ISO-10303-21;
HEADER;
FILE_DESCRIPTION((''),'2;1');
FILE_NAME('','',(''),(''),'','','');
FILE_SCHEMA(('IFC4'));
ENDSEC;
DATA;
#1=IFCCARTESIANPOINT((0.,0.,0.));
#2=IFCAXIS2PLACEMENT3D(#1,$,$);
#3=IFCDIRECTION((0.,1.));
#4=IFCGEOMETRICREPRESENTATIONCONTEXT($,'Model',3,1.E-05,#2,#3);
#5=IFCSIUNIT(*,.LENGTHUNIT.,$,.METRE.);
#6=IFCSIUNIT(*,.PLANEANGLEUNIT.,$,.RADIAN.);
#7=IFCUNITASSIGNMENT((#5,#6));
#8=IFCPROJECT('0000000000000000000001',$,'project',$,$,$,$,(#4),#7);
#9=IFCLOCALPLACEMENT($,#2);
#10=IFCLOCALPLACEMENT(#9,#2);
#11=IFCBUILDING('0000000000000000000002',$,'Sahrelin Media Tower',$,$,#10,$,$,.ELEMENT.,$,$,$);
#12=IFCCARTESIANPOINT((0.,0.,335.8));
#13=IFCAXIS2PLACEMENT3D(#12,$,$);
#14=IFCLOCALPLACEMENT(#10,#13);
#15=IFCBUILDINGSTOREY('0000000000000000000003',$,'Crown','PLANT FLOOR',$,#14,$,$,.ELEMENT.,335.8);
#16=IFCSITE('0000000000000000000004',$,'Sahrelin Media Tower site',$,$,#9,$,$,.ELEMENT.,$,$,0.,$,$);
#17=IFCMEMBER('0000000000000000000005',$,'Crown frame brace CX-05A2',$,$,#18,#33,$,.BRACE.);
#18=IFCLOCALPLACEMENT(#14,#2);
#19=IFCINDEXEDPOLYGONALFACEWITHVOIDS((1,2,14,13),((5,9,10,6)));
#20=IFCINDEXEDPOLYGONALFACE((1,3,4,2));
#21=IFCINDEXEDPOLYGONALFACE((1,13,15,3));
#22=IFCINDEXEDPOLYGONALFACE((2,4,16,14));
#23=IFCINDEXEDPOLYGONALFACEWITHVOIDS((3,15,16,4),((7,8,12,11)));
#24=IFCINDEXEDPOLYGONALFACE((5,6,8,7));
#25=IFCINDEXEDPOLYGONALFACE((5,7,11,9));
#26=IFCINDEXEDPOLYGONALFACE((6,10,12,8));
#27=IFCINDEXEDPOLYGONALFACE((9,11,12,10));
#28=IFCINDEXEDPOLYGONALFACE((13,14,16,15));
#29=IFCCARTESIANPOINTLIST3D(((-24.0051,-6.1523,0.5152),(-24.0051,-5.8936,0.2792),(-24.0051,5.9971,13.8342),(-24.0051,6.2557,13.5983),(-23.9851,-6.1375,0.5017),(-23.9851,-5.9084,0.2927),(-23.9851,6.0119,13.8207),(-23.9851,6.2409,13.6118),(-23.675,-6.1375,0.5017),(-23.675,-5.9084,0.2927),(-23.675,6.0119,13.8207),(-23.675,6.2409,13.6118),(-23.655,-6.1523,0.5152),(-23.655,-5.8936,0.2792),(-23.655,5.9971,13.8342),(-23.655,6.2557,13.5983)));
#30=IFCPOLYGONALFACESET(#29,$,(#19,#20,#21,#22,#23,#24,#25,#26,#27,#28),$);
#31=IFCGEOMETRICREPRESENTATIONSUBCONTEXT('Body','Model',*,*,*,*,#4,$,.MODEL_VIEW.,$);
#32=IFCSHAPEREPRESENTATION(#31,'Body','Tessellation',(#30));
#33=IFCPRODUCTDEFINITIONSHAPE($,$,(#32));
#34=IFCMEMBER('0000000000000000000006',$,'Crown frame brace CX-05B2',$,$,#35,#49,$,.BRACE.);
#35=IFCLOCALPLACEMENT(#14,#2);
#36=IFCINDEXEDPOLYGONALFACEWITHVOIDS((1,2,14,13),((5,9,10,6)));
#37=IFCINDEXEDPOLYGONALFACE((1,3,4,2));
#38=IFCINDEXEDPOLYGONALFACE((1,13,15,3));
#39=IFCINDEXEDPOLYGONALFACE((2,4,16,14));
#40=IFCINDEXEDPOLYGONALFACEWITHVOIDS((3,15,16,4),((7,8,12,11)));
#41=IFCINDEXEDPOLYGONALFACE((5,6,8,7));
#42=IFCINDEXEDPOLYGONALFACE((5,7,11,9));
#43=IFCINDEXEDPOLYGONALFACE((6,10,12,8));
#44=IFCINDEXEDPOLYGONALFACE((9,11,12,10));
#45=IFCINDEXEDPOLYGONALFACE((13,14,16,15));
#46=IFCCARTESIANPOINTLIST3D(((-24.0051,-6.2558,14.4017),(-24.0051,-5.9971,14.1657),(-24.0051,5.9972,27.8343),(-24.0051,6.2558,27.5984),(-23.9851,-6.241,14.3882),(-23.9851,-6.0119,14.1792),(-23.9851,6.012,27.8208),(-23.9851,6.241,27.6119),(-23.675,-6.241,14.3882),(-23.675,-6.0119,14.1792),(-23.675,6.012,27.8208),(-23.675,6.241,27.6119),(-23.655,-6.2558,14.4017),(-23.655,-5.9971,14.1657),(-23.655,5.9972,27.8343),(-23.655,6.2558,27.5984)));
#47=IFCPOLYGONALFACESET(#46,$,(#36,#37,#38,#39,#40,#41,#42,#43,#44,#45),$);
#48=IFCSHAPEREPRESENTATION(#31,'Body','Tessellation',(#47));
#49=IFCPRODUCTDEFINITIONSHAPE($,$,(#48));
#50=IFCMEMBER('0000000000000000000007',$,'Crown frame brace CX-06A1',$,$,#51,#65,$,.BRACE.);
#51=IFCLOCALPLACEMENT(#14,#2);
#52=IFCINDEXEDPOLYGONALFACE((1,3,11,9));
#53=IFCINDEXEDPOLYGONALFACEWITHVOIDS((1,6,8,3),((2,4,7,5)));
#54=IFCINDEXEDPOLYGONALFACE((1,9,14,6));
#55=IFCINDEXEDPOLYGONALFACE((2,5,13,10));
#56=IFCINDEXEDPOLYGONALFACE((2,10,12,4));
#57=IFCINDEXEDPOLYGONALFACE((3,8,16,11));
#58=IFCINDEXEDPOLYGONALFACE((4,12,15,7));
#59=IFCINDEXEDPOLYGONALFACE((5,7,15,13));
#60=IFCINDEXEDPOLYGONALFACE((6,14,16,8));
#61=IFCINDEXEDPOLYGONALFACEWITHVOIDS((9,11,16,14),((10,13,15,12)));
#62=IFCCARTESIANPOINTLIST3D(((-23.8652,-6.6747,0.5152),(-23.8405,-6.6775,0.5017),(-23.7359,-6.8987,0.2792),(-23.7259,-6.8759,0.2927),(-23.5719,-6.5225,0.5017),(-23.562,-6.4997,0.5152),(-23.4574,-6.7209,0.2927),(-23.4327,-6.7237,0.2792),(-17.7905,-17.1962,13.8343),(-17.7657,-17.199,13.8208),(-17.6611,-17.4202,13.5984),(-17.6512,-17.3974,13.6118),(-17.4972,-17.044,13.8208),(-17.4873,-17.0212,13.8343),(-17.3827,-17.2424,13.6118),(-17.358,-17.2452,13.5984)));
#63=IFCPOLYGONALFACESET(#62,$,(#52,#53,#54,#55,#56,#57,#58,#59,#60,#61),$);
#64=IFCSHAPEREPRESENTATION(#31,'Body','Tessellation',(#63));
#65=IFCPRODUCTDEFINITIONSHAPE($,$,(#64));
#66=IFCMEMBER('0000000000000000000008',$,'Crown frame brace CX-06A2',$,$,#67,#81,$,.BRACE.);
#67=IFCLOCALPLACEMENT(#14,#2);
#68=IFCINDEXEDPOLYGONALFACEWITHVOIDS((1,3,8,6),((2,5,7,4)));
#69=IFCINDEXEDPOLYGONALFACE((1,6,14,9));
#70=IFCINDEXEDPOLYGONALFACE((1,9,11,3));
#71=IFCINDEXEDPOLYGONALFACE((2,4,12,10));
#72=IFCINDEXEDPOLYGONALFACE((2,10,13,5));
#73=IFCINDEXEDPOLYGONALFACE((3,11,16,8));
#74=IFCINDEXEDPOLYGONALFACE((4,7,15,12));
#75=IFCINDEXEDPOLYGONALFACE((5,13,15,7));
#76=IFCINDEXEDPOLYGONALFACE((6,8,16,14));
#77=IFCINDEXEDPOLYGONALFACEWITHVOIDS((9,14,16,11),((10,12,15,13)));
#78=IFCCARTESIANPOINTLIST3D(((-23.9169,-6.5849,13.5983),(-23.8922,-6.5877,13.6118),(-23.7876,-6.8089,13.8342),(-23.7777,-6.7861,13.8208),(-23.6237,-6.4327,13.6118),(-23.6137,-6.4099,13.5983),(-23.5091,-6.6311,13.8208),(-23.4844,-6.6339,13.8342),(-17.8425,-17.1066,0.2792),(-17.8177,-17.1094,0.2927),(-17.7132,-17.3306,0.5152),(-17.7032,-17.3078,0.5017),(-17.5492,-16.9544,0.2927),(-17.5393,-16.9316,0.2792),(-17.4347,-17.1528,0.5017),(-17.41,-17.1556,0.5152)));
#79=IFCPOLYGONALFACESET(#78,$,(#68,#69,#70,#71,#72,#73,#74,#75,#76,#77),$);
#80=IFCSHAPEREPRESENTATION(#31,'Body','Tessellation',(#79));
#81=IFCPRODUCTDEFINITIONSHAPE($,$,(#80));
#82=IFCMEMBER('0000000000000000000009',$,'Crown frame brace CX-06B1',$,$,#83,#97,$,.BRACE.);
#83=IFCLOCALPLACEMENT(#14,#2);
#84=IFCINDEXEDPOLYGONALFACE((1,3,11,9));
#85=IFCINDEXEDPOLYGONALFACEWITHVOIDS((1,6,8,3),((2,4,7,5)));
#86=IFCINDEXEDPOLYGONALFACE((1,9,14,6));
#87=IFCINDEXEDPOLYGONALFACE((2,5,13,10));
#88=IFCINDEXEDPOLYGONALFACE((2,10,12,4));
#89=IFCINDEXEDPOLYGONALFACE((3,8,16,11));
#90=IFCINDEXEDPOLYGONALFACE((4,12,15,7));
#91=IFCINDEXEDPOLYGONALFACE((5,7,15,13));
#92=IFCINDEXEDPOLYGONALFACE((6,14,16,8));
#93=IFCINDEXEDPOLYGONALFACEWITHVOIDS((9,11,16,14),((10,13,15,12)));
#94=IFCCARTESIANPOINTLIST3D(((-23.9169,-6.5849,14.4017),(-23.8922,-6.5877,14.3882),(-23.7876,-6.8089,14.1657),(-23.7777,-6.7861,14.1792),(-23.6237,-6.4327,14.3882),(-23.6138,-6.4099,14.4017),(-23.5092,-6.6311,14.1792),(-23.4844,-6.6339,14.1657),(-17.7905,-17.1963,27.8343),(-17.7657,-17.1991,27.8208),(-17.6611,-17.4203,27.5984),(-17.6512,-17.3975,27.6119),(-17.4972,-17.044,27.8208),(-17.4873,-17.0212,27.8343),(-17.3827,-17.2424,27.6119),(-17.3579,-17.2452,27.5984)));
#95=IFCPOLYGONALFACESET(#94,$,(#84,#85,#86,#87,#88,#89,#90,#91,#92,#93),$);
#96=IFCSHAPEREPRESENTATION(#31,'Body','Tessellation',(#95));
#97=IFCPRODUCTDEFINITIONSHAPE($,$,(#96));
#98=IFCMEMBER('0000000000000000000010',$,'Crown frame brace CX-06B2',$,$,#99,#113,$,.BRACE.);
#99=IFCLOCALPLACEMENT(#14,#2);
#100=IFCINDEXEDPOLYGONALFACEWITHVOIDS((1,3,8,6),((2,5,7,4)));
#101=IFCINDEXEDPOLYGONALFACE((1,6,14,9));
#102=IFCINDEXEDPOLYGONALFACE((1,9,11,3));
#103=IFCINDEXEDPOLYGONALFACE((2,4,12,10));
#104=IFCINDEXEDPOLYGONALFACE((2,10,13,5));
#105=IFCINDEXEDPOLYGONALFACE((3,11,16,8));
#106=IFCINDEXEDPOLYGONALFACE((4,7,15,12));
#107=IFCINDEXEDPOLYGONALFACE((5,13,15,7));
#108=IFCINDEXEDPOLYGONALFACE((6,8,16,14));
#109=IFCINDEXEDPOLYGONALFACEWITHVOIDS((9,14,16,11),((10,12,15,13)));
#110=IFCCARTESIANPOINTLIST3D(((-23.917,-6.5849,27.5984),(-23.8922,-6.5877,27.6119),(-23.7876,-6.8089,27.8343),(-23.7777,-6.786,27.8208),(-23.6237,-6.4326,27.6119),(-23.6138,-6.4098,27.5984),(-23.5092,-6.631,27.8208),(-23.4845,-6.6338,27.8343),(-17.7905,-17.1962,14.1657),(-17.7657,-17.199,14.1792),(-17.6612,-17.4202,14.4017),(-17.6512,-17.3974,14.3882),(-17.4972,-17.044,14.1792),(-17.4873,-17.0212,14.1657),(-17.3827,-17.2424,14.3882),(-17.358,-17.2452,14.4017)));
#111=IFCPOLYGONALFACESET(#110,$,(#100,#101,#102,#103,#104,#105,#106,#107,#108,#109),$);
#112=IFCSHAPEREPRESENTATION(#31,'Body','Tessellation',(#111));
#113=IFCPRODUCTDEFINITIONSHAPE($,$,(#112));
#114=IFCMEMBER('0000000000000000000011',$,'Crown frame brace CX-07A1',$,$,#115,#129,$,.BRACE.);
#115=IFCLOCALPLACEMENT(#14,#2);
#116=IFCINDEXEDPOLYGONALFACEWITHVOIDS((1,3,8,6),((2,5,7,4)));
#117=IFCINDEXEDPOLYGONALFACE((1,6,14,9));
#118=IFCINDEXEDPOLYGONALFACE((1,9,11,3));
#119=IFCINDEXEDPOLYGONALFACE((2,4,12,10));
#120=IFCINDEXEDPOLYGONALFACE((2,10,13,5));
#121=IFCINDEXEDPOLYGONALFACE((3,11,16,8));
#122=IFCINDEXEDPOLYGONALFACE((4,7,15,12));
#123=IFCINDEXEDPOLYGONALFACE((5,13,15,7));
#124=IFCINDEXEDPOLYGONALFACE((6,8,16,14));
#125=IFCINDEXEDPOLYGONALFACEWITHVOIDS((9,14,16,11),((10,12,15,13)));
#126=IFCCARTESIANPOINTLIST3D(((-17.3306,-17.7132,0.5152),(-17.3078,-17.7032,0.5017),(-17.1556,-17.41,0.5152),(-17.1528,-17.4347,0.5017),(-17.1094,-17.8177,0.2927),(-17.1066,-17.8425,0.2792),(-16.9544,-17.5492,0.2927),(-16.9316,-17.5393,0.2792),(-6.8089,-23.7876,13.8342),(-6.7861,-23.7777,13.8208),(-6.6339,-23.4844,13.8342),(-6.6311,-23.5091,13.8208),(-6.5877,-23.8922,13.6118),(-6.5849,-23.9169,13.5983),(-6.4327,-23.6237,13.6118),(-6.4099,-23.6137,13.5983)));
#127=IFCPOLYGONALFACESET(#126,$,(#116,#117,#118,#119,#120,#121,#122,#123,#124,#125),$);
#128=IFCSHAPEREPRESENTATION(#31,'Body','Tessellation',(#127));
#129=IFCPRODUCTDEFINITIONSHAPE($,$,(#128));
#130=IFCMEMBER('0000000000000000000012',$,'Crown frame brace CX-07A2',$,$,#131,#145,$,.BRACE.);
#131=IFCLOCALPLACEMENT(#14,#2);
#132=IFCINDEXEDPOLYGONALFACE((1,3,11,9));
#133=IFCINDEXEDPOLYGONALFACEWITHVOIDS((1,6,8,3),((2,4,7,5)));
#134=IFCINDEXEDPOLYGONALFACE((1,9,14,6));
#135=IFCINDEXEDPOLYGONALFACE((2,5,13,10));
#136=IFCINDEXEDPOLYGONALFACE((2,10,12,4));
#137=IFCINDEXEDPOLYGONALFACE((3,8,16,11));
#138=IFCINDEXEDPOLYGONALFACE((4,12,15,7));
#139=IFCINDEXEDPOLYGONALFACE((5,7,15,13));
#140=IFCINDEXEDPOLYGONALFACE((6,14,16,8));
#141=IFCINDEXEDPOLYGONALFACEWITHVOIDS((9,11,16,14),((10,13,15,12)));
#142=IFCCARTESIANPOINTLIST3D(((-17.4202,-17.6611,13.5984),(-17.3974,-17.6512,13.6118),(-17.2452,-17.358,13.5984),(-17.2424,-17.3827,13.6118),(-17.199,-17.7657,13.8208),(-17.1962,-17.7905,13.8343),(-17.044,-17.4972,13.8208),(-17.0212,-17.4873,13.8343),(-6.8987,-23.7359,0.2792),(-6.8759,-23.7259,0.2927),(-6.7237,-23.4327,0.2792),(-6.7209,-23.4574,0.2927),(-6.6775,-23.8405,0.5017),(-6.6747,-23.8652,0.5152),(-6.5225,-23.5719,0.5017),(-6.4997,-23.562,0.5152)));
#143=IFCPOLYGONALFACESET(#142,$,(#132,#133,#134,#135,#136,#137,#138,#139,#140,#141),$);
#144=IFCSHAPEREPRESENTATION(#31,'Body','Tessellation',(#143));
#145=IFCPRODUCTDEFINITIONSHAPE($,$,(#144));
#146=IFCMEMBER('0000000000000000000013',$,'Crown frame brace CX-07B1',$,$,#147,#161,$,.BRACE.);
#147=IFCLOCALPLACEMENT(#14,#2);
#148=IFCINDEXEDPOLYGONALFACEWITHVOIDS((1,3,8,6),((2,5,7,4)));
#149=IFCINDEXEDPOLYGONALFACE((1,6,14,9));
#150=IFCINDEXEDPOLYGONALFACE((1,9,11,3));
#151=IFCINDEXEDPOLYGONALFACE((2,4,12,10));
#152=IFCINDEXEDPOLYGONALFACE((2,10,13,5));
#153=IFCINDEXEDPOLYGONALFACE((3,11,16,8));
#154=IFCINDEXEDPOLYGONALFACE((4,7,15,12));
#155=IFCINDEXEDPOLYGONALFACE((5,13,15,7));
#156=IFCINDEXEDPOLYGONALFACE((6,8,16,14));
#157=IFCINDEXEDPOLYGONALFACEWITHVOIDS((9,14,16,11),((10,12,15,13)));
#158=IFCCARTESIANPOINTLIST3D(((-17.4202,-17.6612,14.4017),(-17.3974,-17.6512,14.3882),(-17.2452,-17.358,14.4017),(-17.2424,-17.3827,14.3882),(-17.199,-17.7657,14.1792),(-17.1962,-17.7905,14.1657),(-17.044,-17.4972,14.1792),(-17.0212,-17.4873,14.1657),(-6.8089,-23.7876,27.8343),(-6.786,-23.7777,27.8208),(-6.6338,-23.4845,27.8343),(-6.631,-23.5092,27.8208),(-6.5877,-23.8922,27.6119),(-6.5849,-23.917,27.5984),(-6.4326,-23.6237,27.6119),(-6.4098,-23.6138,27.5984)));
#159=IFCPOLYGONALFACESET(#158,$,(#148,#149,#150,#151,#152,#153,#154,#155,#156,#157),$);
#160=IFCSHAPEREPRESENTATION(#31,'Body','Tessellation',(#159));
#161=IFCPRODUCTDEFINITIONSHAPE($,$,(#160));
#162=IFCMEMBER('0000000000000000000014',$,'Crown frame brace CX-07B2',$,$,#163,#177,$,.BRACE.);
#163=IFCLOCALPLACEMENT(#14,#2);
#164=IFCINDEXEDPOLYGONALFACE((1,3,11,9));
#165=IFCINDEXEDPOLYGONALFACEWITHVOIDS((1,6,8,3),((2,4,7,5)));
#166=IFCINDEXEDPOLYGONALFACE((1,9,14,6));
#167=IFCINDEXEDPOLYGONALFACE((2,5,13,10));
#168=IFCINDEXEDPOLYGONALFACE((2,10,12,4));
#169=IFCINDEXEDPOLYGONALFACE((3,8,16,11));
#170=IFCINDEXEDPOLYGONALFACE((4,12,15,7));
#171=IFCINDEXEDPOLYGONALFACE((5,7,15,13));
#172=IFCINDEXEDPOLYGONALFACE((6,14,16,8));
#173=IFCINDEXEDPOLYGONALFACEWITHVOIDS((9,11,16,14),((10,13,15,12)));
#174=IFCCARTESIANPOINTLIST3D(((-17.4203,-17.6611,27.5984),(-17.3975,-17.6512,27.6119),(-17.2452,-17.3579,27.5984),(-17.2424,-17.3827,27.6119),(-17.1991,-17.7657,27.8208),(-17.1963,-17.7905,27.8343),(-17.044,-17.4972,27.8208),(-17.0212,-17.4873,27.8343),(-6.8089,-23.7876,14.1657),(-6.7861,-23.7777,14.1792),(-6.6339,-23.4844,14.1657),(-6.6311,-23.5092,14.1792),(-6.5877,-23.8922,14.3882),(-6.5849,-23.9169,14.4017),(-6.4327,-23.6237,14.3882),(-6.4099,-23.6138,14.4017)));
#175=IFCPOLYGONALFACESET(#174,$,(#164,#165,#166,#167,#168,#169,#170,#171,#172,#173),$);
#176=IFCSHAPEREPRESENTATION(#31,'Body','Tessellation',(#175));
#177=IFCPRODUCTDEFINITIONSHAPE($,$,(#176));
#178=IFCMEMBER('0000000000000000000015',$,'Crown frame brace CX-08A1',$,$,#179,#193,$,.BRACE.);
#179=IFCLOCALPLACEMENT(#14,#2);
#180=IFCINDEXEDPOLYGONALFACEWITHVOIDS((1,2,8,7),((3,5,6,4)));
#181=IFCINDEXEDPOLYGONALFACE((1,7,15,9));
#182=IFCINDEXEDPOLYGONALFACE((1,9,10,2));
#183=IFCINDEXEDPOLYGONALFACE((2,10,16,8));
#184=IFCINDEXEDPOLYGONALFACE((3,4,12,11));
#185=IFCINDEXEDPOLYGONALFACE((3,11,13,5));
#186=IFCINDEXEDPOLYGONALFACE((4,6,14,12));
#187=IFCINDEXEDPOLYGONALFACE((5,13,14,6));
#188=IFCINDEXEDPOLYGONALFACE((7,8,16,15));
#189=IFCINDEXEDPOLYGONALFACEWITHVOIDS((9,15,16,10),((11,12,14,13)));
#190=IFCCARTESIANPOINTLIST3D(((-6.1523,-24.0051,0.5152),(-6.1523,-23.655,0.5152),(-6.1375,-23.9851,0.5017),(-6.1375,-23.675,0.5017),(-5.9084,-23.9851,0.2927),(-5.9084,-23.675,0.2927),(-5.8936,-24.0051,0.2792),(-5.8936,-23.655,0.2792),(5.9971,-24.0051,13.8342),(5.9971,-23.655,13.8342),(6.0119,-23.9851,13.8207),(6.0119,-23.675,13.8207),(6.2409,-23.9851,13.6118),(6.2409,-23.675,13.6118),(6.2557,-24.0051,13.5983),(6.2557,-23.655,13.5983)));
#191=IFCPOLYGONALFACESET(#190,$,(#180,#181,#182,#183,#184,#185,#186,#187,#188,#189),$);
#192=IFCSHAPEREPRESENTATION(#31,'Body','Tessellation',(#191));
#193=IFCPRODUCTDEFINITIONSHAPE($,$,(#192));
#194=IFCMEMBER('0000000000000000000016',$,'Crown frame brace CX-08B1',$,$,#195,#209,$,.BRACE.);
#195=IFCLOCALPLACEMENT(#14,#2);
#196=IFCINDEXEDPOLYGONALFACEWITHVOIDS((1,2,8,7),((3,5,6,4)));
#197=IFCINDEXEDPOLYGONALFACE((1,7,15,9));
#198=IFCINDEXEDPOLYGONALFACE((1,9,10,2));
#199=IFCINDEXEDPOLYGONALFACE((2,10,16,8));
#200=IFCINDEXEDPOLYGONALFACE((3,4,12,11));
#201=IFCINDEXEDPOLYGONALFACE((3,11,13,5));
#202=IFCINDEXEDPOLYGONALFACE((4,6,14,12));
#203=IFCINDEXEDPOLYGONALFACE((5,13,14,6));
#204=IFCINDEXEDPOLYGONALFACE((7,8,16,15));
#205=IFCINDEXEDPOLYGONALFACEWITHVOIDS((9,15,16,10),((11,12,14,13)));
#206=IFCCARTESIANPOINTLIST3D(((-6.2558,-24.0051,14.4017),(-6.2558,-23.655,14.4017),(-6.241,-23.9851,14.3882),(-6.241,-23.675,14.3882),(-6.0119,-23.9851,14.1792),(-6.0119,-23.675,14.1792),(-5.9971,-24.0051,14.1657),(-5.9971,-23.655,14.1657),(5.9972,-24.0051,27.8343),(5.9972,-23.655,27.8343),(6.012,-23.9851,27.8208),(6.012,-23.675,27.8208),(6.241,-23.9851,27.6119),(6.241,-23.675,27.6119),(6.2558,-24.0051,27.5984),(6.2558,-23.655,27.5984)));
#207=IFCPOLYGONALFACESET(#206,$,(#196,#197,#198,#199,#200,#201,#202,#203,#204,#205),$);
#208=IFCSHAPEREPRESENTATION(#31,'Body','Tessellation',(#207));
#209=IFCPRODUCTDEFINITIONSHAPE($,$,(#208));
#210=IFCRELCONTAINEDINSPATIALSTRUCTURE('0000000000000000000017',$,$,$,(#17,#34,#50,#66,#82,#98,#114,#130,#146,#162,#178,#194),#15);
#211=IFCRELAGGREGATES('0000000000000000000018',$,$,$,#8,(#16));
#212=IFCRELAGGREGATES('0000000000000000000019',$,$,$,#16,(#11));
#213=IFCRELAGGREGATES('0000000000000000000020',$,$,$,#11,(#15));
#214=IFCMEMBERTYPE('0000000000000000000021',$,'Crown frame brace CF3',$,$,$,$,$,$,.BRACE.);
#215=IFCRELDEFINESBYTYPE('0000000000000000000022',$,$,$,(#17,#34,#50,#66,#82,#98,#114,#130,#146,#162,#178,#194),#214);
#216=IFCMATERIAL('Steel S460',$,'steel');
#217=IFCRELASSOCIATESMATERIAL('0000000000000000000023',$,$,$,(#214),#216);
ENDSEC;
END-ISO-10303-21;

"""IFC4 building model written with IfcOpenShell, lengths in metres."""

from ifc_helpers import new_model, si_unit, direction, frame, origin, origin_2d, place, context, subcontext, project, spatial, hollow_rectangle, extrude, material, material_profile, profile_set, type_object, element, save


model = new_model("IFC4")

# Units and contexts
model_context = context("Model", 3, precision=1e-05, world=origin(), true_north=direction((0.0, 1.0)))
body_context = subcontext(model_context, "Body", "Model", "MODEL_VIEW")
ifc_project = project(units=[si_unit("LENGTHUNIT", "METRE"), si_unit("PLANEANGLEUNIT", "RADIAN")], contexts=[model_context])

# Site, building, storey
site_placement = place(None, origin())
site = spatial("IfcSite", under=ifc_project, at=site_placement, Name="Sahrelin Media Tower site", CompositionType="ELEMENT", RefElevation=0.0)
building_placement = place(site_placement, origin())
building = spatial("IfcBuilding", under=site, at=building_placement, Name="Sahrelin Media Tower", CompositionType="ELEMENT")
storey_placement = place(building_placement, frame((0.0, 0.0, 335.8)))
storey = spatial("IfcBuildingStorey", under=building, at=storey_placement, Name="Crown", Description="PLANT FLOOR", CompositionType="ELEMENT", Elevation=335.8)

# Members
ifc_material_1 = material(Name="Steel S460", Category="steel")
ifc_material_profile_1 = material_profile(ifc_material_1, hollow_rectangle(XDim=0.3501, YDim=0.3501, WallThickness=0.02, at=origin_2d()), Name="Crown frame brace CF3")
ifc_profile_set_1 = profile_set([ifc_material_profile_1], Name="Steel S460")
member_type_1 = type_object("IfcMemberType", Name="Crown frame brace CF3", PredefinedType="BRACE", material=ifc_profile_set_1)
member_1_placement = place(storey_placement, frame((-23.8301, -6.0229, 0.3972), z_axis=(0.0, 0.673922, 0.738803), x_axis=(-1.0, 0.0, 0.0)))
element("IfcMember", 1, at=member_1_placement, inside=storey, type_object=member_type_1, Name="Crown frame brace CX-05A2", PredefinedType="BRACE", context=body_context, shape_type="SweptSolid", body=[
    extrude(hollow_rectangle(XDim=0.3501, YDim=0.3501, WallThickness=0.02, at=origin_2d()), origin(), (0.0, 0.0, 1.0), 18.0278),
])
member_2_placement = place(storey_placement, frame((-23.8301, -6.1265, 14.2837), z_axis=(0.0, 0.67392, 0.738804), x_axis=(-1.0, 0.0, 0.0)))
element("IfcMember", 2, at=member_2_placement, inside=storey, type_object=member_type_1, Name="Crown frame brace CX-05B2", PredefinedType="BRACE", context=body_context, shape_type="SweptSolid", body=[
    extrude(hollow_rectangle(XDim=0.3501, YDim=0.3501, WallThickness=0.02, at=origin_2d()), origin(), (0.0, 0.0, 1.0), 18.1816),
])
for number, where, z_axis, x_axis, name in (
    (3, (-23.6489, -6.6992, 0.3972), (0.336963, -0.583625, 0.738808), (0.866021, 0.500008, 0.0), "Crown frame brace CX-06A1"),
    (4, (-17.6262, -17.1311, 0.3972), (-0.336948, 0.583637, 0.738806), (-0.866035, -0.499984, 0.0), "Crown frame brace CX-06A2"),
):
    element("IfcMember", number, at=place(storey_placement, frame(where, z_axis=z_axis, x_axis=x_axis)), inside=storey, type_object=member_type_1, Name=name, PredefinedType="BRACE", context=body_context, shape_type="SweptSolid", body=[
        extrude(hollow_rectangle(XDim=0.3501, YDim=0.3501, WallThickness=0.02, at=origin_2d()), origin(), (0.0, 0.0, 1.0), 18.0278),
    ])
for number, where, z_axis, x_axis, name in (
    (5, (-23.7007, -6.6094, 14.2837), (0.33696, -0.583631, 0.738805), (0.866025, 0.500001, 0.0), "Crown frame brace CX-06B1"),
    (6, (-17.5742, -17.2207, 14.2837), (-0.33696, 0.583631, 0.738805), (-0.866025, -0.500001, 0.0), "Crown frame brace CX-06B2"),
):
    element("IfcMember", number, at=place(storey_placement, frame(where, z_axis=z_axis, x_axis=x_axis)), inside=storey, type_object=member_type_1, Name=name, PredefinedType="BRACE", context=body_context, shape_type="SweptSolid", body=[
        extrude(hollow_rectangle(XDim=0.3501, YDim=0.3501, WallThickness=0.02, at=origin_2d()), origin(), (0.0, 0.0, 1.0), 18.1816),
    ])
for number, where, z_axis, x_axis, name in (
    (7, (-17.1311, -17.6262, 0.3972), (0.583637, -0.336948, 0.738806), (0.499984, 0.866035, 0.0), "Crown frame brace CX-07A1"),
    (8, (-6.6992, -23.6489, 0.3972), (-0.583625, 0.336963, 0.738808), (-0.500008, -0.866021, 0.0), "Crown frame brace CX-07A2"),
):
    element("IfcMember", number, at=place(storey_placement, frame(where, z_axis=z_axis, x_axis=x_axis)), inside=storey, type_object=member_type_1, Name=name, PredefinedType="BRACE", context=body_context, shape_type="SweptSolid", body=[
        extrude(hollow_rectangle(XDim=0.3501, YDim=0.3501, WallThickness=0.02, at=origin_2d()), origin(), (0.0, 0.0, 1.0), 18.0278),
    ])
for number, where, z_axis, x_axis, name in (
    (9, (-17.2207, -17.5742, 14.2837), (0.583631, -0.33696, 0.738805), (0.500001, 0.866025, 0.0), "Crown frame brace CX-07B1"),
    (10, (-6.6094, -23.7007, 14.2837), (-0.583631, 0.33696, 0.738805), (-0.500001, -0.866025, 0.0), "Crown frame brace CX-07B2"),
):
    element("IfcMember", number, at=place(storey_placement, frame(where, z_axis=z_axis, x_axis=x_axis)), inside=storey, type_object=member_type_1, Name=name, PredefinedType="BRACE", context=body_context, shape_type="SweptSolid", body=[
        extrude(hollow_rectangle(XDim=0.3501, YDim=0.3501, WallThickness=0.02, at=origin_2d()), origin(), (0.0, 0.0, 1.0), 18.1816),
    ])
member_3_placement = place(storey_placement, frame((-6.0229, -23.8301, 0.3972), z_axis=(0.673922, 0.0, 0.738803), x_axis=(0.0, 1.0, 0.0)))
element("IfcMember", 11, at=member_3_placement, inside=storey, type_object=member_type_1, Name="Crown frame brace CX-08A1", PredefinedType="BRACE", context=body_context, shape_type="SweptSolid", body=[
    extrude(hollow_rectangle(XDim=0.3501, YDim=0.3501, WallThickness=0.02, at=origin_2d()), origin(), (0.0, 0.0, 1.0), 18.0278),
])
member_4_placement = place(storey_placement, frame((-6.1265, -23.8301, 14.2837), z_axis=(0.67392, 0.0, 0.738804), x_axis=(0.0, 1.0, 0.0)))
element("IfcMember", 12, at=member_4_placement, inside=storey, type_object=member_type_1, Name="Crown frame brace CX-08B1", PredefinedType="BRACE", context=body_context, shape_type="SweptSolid", body=[
    extrude(hollow_rectangle(XDim=0.3501, YDim=0.3501, WallThickness=0.02, at=origin_2d()), origin(), (0.0, 0.0, 1.0), 18.1816),
])

save(model, "model.ifc")
